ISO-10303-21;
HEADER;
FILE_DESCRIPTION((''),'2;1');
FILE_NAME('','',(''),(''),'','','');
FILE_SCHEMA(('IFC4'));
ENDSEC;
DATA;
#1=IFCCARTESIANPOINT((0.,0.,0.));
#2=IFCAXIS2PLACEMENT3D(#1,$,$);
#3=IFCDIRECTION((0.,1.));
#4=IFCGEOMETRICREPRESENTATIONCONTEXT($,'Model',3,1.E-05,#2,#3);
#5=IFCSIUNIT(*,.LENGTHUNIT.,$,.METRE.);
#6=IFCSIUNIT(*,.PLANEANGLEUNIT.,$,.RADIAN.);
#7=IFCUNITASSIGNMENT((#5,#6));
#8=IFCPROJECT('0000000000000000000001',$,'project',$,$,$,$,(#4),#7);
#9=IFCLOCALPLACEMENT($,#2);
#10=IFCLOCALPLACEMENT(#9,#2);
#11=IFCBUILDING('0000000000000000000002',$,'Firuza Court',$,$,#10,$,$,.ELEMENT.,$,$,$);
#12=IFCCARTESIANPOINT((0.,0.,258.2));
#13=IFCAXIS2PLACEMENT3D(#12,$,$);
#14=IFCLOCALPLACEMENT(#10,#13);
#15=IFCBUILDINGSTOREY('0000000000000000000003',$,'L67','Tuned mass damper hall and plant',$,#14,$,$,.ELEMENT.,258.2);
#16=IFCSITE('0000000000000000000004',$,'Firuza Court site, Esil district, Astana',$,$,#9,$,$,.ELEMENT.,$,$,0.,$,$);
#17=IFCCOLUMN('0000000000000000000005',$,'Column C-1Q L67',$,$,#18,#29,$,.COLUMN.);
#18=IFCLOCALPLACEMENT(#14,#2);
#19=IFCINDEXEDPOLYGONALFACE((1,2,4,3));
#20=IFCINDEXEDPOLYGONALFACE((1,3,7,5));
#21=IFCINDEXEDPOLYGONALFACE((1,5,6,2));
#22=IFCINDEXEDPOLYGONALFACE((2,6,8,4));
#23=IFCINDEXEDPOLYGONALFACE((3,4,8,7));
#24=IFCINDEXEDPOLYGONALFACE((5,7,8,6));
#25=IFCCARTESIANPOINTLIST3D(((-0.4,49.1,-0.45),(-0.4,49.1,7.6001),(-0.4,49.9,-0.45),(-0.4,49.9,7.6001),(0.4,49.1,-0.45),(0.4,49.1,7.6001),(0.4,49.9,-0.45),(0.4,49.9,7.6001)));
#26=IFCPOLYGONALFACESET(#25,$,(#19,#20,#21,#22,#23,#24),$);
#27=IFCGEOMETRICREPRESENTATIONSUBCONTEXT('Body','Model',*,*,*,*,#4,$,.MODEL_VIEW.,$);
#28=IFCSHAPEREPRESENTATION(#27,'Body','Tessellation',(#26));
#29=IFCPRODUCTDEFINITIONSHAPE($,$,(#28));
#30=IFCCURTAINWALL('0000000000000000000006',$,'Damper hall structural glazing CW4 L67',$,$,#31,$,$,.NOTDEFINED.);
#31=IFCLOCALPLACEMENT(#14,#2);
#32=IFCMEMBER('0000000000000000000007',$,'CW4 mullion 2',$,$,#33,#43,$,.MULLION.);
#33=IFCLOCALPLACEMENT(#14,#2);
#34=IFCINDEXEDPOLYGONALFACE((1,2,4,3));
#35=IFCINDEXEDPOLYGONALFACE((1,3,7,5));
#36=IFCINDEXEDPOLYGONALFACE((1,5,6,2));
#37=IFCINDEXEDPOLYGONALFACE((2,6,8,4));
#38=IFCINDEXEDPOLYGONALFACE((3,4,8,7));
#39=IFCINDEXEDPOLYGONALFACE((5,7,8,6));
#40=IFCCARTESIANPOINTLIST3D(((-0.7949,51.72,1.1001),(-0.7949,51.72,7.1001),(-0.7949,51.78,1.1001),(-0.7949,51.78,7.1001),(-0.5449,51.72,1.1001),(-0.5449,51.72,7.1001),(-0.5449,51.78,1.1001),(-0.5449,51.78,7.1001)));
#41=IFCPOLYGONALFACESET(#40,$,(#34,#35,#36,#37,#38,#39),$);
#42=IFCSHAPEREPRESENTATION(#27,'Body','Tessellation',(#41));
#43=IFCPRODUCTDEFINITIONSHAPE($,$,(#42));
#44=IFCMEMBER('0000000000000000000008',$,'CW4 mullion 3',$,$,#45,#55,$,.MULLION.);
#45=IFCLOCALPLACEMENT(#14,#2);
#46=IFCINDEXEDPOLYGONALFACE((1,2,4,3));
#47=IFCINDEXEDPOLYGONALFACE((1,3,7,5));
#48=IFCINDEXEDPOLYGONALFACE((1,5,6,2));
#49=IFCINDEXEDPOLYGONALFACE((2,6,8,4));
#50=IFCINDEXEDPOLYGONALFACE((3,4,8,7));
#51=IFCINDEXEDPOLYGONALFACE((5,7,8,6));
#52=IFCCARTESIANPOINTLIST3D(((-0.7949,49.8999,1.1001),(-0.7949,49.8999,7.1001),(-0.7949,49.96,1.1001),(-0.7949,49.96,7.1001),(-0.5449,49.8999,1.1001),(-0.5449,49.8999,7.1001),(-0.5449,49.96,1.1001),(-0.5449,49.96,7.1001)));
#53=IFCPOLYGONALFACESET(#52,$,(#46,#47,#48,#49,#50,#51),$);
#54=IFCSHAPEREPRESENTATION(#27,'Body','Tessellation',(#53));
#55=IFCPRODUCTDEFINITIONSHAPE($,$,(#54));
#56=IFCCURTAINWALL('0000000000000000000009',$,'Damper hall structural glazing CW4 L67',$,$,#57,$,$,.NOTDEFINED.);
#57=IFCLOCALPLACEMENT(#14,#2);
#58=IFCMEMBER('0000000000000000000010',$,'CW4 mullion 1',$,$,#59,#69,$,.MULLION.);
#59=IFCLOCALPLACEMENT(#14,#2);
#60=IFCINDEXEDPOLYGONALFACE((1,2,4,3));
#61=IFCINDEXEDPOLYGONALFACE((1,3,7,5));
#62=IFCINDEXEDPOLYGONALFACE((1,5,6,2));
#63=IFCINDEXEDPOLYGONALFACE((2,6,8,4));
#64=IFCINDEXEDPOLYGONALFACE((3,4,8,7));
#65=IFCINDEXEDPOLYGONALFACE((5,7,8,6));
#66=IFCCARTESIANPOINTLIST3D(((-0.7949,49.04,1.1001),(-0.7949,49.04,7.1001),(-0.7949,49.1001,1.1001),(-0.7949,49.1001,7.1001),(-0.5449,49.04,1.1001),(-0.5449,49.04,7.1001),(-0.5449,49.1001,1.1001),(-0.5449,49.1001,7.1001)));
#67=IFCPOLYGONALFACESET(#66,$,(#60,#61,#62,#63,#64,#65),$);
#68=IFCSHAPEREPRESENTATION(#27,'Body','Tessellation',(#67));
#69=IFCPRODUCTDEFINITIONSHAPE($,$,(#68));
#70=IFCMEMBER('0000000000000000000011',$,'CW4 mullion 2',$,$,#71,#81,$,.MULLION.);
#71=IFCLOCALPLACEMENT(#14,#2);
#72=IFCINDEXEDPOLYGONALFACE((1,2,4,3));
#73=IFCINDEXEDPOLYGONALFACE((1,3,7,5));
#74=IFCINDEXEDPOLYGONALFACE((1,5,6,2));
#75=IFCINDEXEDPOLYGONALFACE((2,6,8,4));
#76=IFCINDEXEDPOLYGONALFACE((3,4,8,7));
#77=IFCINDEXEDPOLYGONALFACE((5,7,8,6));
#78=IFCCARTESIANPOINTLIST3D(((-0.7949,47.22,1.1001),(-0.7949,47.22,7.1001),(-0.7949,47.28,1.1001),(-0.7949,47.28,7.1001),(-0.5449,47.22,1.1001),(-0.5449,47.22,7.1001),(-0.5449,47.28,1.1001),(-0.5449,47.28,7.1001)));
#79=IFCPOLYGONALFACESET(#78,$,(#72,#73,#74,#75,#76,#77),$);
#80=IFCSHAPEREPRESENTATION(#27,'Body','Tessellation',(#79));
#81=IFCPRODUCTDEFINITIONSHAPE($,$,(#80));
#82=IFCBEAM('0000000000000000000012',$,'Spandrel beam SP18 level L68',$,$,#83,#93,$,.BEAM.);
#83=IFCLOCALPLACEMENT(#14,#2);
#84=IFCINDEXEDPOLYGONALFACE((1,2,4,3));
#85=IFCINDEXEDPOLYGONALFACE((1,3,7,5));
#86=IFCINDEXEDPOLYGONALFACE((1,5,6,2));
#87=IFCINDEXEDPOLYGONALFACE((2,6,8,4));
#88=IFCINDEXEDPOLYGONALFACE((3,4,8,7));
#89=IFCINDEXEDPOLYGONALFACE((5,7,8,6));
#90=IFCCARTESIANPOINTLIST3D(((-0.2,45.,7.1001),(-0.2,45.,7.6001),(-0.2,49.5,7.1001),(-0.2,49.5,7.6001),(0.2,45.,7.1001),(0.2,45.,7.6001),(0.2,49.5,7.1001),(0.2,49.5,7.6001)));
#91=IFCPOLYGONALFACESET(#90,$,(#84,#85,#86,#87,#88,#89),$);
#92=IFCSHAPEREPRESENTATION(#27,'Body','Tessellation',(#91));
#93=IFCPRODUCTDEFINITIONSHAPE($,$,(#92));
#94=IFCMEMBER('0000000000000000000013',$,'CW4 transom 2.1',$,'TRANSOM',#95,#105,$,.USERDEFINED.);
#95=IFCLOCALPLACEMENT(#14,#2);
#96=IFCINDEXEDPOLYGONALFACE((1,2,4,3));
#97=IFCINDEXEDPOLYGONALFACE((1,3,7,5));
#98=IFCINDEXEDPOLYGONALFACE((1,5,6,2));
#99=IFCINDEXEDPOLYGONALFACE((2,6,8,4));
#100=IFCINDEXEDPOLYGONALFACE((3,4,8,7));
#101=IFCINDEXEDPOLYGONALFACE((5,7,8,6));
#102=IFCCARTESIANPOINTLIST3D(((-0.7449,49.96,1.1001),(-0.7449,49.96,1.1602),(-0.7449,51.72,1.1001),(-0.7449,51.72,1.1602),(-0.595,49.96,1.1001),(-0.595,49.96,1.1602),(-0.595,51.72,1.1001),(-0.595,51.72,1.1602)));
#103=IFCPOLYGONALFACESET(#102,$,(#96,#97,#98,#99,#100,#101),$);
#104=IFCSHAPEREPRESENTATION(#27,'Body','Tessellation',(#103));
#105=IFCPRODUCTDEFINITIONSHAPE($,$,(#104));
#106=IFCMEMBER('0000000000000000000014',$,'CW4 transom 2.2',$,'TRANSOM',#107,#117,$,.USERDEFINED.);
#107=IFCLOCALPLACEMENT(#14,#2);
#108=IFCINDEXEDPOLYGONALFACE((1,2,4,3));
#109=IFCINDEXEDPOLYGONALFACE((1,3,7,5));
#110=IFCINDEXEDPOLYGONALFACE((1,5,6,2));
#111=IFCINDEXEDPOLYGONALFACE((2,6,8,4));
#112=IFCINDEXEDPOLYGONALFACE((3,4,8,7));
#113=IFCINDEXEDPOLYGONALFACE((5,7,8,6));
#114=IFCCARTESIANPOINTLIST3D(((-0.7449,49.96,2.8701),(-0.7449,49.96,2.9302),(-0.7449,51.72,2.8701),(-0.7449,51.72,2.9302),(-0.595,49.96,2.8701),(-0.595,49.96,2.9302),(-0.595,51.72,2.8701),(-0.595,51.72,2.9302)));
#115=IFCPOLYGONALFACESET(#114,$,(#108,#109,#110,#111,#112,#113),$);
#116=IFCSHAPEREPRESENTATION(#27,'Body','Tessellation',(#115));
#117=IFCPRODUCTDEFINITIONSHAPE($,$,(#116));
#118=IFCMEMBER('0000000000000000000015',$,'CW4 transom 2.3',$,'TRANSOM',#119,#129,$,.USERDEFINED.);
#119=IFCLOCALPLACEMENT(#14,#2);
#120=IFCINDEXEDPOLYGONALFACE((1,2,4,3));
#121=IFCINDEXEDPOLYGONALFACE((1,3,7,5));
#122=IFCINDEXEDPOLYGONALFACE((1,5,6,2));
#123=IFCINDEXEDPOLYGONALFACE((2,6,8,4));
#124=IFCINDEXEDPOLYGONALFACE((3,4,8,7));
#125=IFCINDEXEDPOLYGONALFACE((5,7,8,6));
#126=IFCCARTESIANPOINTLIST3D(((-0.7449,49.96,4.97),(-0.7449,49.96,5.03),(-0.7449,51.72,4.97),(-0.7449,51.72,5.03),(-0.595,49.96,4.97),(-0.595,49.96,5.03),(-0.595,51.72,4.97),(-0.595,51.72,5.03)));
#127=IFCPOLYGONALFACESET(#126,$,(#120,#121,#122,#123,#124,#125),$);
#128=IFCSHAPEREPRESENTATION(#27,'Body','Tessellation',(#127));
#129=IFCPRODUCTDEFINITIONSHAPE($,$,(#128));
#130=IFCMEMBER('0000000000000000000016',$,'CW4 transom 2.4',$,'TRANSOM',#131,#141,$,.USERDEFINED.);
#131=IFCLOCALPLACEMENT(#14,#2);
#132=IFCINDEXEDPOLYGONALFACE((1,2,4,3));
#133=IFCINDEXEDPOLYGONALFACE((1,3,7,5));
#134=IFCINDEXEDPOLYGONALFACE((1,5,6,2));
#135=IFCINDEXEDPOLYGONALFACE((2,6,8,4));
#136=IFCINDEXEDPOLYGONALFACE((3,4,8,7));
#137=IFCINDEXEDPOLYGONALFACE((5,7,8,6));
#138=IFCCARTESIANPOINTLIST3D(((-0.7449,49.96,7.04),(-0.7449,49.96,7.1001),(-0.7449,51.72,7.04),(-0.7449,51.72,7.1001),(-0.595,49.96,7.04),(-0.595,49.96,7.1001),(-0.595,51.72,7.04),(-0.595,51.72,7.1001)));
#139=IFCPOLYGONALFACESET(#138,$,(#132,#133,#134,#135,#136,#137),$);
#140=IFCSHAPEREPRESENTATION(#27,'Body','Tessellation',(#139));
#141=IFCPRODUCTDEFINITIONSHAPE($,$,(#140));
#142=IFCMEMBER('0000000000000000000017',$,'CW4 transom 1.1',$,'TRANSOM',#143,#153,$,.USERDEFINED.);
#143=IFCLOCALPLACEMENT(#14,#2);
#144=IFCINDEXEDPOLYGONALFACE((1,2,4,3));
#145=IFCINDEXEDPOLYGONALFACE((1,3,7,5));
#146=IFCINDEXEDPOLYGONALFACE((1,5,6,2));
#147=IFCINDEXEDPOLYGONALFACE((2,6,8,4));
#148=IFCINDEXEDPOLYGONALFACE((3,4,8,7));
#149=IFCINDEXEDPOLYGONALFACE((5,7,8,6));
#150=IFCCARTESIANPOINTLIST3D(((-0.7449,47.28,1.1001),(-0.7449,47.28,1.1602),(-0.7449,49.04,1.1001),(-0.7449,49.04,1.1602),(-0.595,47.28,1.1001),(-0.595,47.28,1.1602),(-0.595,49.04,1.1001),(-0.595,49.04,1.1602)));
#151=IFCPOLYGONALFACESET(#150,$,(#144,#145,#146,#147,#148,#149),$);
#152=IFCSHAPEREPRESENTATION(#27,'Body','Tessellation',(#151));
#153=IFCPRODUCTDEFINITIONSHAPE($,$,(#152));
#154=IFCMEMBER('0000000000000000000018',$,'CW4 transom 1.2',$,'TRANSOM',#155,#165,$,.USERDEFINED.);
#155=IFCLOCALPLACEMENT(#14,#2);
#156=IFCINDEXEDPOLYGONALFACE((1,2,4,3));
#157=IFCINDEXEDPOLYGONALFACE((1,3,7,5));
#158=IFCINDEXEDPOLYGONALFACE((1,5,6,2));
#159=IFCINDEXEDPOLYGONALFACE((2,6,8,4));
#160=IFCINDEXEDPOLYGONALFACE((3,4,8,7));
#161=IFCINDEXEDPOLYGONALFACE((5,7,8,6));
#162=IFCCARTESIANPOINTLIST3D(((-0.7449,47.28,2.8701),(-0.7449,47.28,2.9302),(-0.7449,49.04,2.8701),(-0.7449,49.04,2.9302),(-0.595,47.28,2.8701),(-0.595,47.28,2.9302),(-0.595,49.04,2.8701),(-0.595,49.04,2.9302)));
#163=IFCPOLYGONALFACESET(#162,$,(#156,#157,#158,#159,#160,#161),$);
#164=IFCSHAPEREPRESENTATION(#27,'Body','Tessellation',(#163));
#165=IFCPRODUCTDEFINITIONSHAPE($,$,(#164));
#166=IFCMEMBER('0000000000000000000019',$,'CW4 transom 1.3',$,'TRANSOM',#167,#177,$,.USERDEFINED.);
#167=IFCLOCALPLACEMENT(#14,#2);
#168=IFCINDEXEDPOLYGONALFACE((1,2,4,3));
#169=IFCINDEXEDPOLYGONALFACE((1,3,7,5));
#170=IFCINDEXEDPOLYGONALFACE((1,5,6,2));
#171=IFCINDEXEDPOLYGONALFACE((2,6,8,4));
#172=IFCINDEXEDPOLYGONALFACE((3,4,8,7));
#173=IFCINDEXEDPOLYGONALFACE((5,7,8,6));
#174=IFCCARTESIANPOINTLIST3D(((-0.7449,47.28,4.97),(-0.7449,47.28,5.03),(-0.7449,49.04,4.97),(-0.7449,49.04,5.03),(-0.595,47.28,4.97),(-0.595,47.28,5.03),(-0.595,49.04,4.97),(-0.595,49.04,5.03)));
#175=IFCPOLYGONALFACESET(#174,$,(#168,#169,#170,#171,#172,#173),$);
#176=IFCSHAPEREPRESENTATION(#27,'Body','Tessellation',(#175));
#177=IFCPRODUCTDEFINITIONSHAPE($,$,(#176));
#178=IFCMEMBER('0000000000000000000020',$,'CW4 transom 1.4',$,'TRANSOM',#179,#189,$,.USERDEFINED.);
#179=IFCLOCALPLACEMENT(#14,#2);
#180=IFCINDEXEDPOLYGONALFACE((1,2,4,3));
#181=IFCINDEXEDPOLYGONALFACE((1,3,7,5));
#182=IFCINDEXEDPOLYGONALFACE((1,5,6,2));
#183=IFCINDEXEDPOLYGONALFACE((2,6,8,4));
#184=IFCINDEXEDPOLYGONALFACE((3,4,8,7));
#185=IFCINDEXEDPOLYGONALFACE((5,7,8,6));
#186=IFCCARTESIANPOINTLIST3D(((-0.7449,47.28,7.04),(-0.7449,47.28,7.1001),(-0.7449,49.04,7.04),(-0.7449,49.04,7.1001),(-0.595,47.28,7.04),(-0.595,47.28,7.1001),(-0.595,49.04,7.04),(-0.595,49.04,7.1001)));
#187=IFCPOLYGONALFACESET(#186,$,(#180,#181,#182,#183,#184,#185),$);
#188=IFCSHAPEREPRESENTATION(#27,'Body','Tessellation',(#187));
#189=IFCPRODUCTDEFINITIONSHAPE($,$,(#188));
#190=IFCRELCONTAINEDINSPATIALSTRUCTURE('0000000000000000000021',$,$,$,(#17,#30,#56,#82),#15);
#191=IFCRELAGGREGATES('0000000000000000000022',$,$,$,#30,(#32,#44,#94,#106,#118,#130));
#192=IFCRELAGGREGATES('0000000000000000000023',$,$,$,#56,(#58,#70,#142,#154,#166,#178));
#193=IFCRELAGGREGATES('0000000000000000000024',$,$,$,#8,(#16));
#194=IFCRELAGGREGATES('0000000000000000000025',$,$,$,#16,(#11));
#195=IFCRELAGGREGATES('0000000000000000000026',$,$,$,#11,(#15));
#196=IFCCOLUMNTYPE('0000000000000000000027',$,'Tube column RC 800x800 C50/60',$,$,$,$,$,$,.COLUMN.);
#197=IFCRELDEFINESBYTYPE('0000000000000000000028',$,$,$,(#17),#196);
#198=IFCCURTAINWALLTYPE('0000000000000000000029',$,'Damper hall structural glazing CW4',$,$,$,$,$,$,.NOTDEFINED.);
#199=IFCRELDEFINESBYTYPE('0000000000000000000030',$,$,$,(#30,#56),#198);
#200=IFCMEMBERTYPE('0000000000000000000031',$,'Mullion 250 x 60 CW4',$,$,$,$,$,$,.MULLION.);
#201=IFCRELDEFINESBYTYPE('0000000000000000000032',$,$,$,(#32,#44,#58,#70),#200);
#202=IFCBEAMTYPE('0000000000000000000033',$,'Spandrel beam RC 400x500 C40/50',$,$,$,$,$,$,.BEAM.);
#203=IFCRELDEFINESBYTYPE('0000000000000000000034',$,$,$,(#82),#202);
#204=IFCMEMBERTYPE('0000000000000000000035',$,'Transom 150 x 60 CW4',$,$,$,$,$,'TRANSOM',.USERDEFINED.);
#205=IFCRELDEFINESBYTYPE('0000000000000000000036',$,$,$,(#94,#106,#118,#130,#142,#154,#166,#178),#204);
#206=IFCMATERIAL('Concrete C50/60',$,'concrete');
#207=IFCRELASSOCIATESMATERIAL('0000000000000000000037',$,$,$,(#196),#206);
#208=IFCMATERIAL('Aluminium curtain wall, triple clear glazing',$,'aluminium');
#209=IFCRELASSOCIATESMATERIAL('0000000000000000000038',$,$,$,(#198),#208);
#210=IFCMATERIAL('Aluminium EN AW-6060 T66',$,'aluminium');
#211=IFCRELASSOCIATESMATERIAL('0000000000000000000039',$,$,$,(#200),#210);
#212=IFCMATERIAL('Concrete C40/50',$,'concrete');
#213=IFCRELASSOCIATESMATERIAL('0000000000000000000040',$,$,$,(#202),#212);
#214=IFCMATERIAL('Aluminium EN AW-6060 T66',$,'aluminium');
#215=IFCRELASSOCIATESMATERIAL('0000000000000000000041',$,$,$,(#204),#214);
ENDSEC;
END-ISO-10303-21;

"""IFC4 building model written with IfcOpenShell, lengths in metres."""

from ifc_helpers import new_model, si_unit, direction, frame, origin, origin_2d, place, context, subcontext, project, spatial, rectangle, extrude, material, material_profile, profile_set, type_object, element, aggregate, save


model = new_model("IFC4")

# Units and contexts
model_context = context("Model", 3, precision=1e-05, world=origin(), true_north=direction((0.0, 1.0)))
body_context = subcontext(model_context, "Body", "Model", "MODEL_VIEW")
ifc_project = project(units=[si_unit("LENGTHUNIT", "METRE"), si_unit("PLANEANGLEUNIT", "RADIAN")], contexts=[model_context])

# Site, building, storey
site_placement = place(None, origin())
site = spatial("IfcSite", under=ifc_project, at=site_placement, Name="Firuza Court site, Esil district, Astana", CompositionType="ELEMENT", RefElevation=0.0)
building_placement = place(site_placement, origin())
building = spatial("IfcBuilding", under=site, at=building_placement, Name="Firuza Court", CompositionType="ELEMENT")
storey_placement = place(building_placement, frame((0.0, 0.0, 258.2)))
storey = spatial("IfcBuildingStorey", under=building, at=storey_placement, Name="L67", Description="Tuned mass damper hall and plant", CompositionType="ELEMENT", Elevation=258.2)

# Column
ifc_material_1 = material(Name="Concrete C50/60", Category="concrete")
ifc_material_profile_1 = material_profile(ifc_material_1, rectangle(XDim=0.8, YDim=0.8, at=origin_2d()), Name="RC 800x800")
ifc_profile_set_1 = profile_set([ifc_material_profile_1], Name="Concrete C50/60")
column_type = type_object("IfcColumnType", Name="Tube column RC 800x800 C50/60", PredefinedType="COLUMN", material=ifc_profile_set_1)
column_placement = place(storey_placement, frame((0.0, 49.5, -0.45), z_axis=(0.0, 0.0, 1.0), x_axis=(1.0, 0.0, 0.0)))
element("IfcColumn", 1, at=column_placement, inside=storey, type_object=column_type, Name="Column C-1Q L67", PredefinedType="COLUMN", context=body_context, shape_type="SweptSolid", body=[
    extrude(rectangle(XDim=0.8, YDim=0.8, at=origin_2d()), origin(), (0.0, 0.0, 1.0), 8.05),
])

# Curtain walls, members
ifc_material_2 = material(Name="Aluminium curtain wall, triple clear glazing", Category="aluminium")
curtain_wall_type = type_object("IfcCurtainWallType", Name="Damper hall structural glazing CW4", PredefinedType="NOTDEFINED", material=ifc_material_2)
curtain_wall_1_placement = place(storey_placement, origin())
curtain_wall_1 = element("IfcCurtainWall", 2, at=curtain_wall_1_placement, inside=storey, type_object=curtain_wall_type, Name="Damper hall structural glazing CW4 L67", PredefinedType="NOTDEFINED")
ifc_material_3 = material(Name="Aluminium EN AW-6060 T66", Category="aluminium")
ifc_material_profile_2 = material_profile(ifc_material_3, rectangle(XDim=0.25, YDim=0.0601, at=origin_2d()), Name="Mullion 250 x 60 CW4")
ifc_profile_set_2 = profile_set([ifc_material_profile_2], Name="Aluminium EN AW-6060 T66")
member_type_1 = type_object("IfcMemberType", Name="Mullion 250 x 60 CW4", PredefinedType="MULLION", material=ifc_profile_set_2)
member_1_placement = place(storey_placement, frame((-0.6699, 51.75, 1.1001), z_axis=(0.0, 0.0, 1.0), x_axis=(1.0, 0.0, 0.0)))
member_1 = element("IfcMember", 3, at=member_1_placement, type_object=member_type_1, Name="CW4 mullion 2", PredefinedType="MULLION", context=body_context, shape_type="SweptSolid", body=[
    extrude(rectangle(XDim=0.25, YDim=0.0601, at=origin_2d()), origin(), (0.0, 0.0, 1.0), 6.0),
])
member_2_placement = place(storey_placement, frame((-0.6699, 49.9299, 1.1001), z_axis=(0.0, 0.0, 1.0), x_axis=(1.0, 0.0, 0.0)))
member_2 = element("IfcMember", 4, at=member_2_placement, type_object=member_type_1, Name="CW4 mullion 3", PredefinedType="MULLION", context=body_context, shape_type="SweptSolid", body=[
    extrude(rectangle(XDim=0.25, YDim=0.0601, at=origin_2d()), origin(), (0.0, 0.0, 1.0), 6.0),
])
curtain_wall_2_placement = place(storey_placement, origin())
curtain_wall_2 = element("IfcCurtainWall", 5, at=curtain_wall_2_placement, inside=storey, type_object=curtain_wall_type, Name="Damper hall structural glazing CW4 L67", PredefinedType="NOTDEFINED")
member_3_placement = place(storey_placement, frame((-0.6699, 49.0701, 1.1001), z_axis=(0.0, 0.0, 1.0), x_axis=(1.0, 0.0, 0.0)))
member_3 = element("IfcMember", 6, at=member_3_placement, type_object=member_type_1, Name="CW4 mullion 1", PredefinedType="MULLION", context=body_context, shape_type="SweptSolid", body=[
    extrude(rectangle(XDim=0.25, YDim=0.0601, at=origin_2d()), origin(), (0.0, 0.0, 1.0), 6.0),
])
member_4_placement = place(storey_placement, frame((-0.6699, 47.25, 1.1001), z_axis=(0.0, 0.0, 1.0), x_axis=(1.0, 0.0, 0.0)))
member_4 = element("IfcMember", 7, at=member_4_placement, type_object=member_type_1, Name="CW4 mullion 2", PredefinedType="MULLION", context=body_context, shape_type="SweptSolid", body=[
    extrude(rectangle(XDim=0.25, YDim=0.0601, at=origin_2d()), origin(), (0.0, 0.0, 1.0), 6.0),
])

# Beam
ifc_material_4 = material(Name="Concrete C40/50", Category="concrete")
ifc_material_profile_3 = material_profile(ifc_material_4, rectangle(XDim=0.3999, YDim=0.5, at=origin_2d()), Name="RC 400x500")
ifc_profile_set_3 = profile_set([ifc_material_profile_3], Name="Concrete C40/50")
beam_type = type_object("IfcBeamType", Name="Spandrel beam RC 400x500 C40/50", PredefinedType="BEAM", material=ifc_profile_set_3)
beam_placement = place(storey_placement, frame((0.0, 49.5, 7.3501), z_axis=(0.0, -1.0, 0.0), x_axis=(1.0, 0.0, 0.0)))
element("IfcBeam", 8, at=beam_placement, inside=storey, type_object=beam_type, Name="Spandrel beam SP18 level L68", PredefinedType="BEAM", context=body_context, shape_type="SweptSolid", body=[
    extrude(rectangle(XDim=0.3999, YDim=0.5, at=origin_2d()), origin(), (0.0, 0.0, 1.0), 4.5),
])

# Members
ifc_material_5 = material(Name="Aluminium EN AW-6060 T66", Category="aluminium")
ifc_material_profile_4 = material_profile(ifc_material_5, rectangle(XDim=0.1499, YDim=0.0601, at=origin_2d()), Name="Transom 150 x 60 CW4")
ifc_profile_set_4 = profile_set([ifc_material_profile_4], Name="Aluminium EN AW-6060 T66")
member_type_2 = type_object("IfcMemberType", Name="Transom 150 x 60 CW4", ElementType="TRANSOM", PredefinedType="USERDEFINED", material=ifc_profile_set_4)
member_5_placement = place(storey_placement, frame((-0.6699, 51.72, 1.1301), z_axis=(0.0, -1.0, 0.0), x_axis=(1.0, 0.0, 0.0)))
member_5 = element("IfcMember", 9, at=member_5_placement, type_object=member_type_2, Name="CW4 transom 2.1", ObjectType="TRANSOM", PredefinedType="USERDEFINED", context=body_context, shape_type="SweptSolid", body=[
    extrude(rectangle(XDim=0.1499, YDim=0.0601, at=origin_2d()), origin(), (0.0, 0.0, 1.0), 1.76),
])
member_6_placement = place(storey_placement, frame((-0.6699, 51.72, 2.9001), z_axis=(0.0, -1.0, 0.0), x_axis=(1.0, 0.0, 0.0)))
member_6 = element("IfcMember", 10, at=member_6_placement, type_object=member_type_2, Name="CW4 transom 2.2", ObjectType="TRANSOM", PredefinedType="USERDEFINED", context=body_context, shape_type="SweptSolid", body=[
    extrude(rectangle(XDim=0.1499, YDim=0.0601, at=origin_2d()), origin(), (0.0, 0.0, 1.0), 1.76),
])
member_7_placement = place(storey_placement, frame((-0.6699, 51.72, 5.0), z_axis=(0.0, -1.0, 0.0), x_axis=(1.0, 0.0, 0.0)))
member_7 = element("IfcMember", 11, at=member_7_placement, type_object=member_type_2, Name="CW4 transom 2.3", ObjectType="TRANSOM", PredefinedType="USERDEFINED", context=body_context, shape_type="SweptSolid", body=[
    extrude(rectangle(XDim=0.1499, YDim=0.0601, at=origin_2d()), origin(), (0.0, 0.0, 1.0), 1.76),
])
member_8_placement = place(storey_placement, frame((-0.6699, 51.72, 7.0701), z_axis=(0.0, -1.0, 0.0), x_axis=(1.0, 0.0, 0.0)))
member_8 = element("IfcMember", 12, at=member_8_placement, type_object=member_type_2, Name="CW4 transom 2.4", ObjectType="TRANSOM", PredefinedType="USERDEFINED", context=body_context, shape_type="SweptSolid", body=[
    extrude(rectangle(XDim=0.1499, YDim=0.0601, at=origin_2d()), origin(), (0.0, 0.0, 1.0), 1.76),
])
member_9_placement = place(storey_placement, frame((-0.6699, 49.04, 1.1301), z_axis=(0.0, -1.0, 0.0), x_axis=(1.0, 0.0, 0.0)))
member_9 = element("IfcMember", 13, at=member_9_placement, type_object=member_type_2, Name="CW4 transom 1.1", ObjectType="TRANSOM", PredefinedType="USERDEFINED", context=body_context, shape_type="SweptSolid", body=[
    extrude(rectangle(XDim=0.1499, YDim=0.0601, at=origin_2d()), origin(), (0.0, 0.0, 1.0), 1.76),
])
member_10_placement = place(storey_placement, frame((-0.6699, 49.04, 2.9001), z_axis=(0.0, -1.0, 0.0), x_axis=(1.0, 0.0, 0.0)))
member_10 = element("IfcMember", 14, at=member_10_placement, type_object=member_type_2, Name="CW4 transom 1.2", ObjectType="TRANSOM", PredefinedType="USERDEFINED", context=body_context, shape_type="SweptSolid", body=[
    extrude(rectangle(XDim=0.1499, YDim=0.0601, at=origin_2d()), origin(), (0.0, 0.0, 1.0), 1.76),
])
member_11_placement = place(storey_placement, frame((-0.6699, 49.04, 5.0), z_axis=(0.0, -1.0, 0.0), x_axis=(1.0, 0.0, 0.0)))
member_11 = element("IfcMember", 15, at=member_11_placement, type_object=member_type_2, Name="CW4 transom 1.3", ObjectType="TRANSOM", PredefinedType="USERDEFINED", context=body_context, shape_type="SweptSolid", body=[
    extrude(rectangle(XDim=0.1499, YDim=0.0601, at=origin_2d()), origin(), (0.0, 0.0, 1.0), 1.76),
])
member_12_placement = place(storey_placement, frame((-0.6699, 49.04, 7.0701), z_axis=(0.0, -1.0, 0.0), x_axis=(1.0, 0.0, 0.0)))
member_12 = element("IfcMember", 16, at=member_12_placement, type_object=member_type_2, Name="CW4 transom 1.4", ObjectType="TRANSOM", PredefinedType="USERDEFINED", context=body_context, shape_type="SweptSolid", body=[
    extrude(rectangle(XDim=0.1499, YDim=0.0601, at=origin_2d()), origin(), (0.0, 0.0, 1.0), 1.76),
])

aggregate(curtain_wall_1, [member_1, member_2, member_5, member_6, member_7, member_8])
aggregate(curtain_wall_2, [member_3, member_4, member_9, member_10, member_11, member_12])

save(model, "model.ifc")
